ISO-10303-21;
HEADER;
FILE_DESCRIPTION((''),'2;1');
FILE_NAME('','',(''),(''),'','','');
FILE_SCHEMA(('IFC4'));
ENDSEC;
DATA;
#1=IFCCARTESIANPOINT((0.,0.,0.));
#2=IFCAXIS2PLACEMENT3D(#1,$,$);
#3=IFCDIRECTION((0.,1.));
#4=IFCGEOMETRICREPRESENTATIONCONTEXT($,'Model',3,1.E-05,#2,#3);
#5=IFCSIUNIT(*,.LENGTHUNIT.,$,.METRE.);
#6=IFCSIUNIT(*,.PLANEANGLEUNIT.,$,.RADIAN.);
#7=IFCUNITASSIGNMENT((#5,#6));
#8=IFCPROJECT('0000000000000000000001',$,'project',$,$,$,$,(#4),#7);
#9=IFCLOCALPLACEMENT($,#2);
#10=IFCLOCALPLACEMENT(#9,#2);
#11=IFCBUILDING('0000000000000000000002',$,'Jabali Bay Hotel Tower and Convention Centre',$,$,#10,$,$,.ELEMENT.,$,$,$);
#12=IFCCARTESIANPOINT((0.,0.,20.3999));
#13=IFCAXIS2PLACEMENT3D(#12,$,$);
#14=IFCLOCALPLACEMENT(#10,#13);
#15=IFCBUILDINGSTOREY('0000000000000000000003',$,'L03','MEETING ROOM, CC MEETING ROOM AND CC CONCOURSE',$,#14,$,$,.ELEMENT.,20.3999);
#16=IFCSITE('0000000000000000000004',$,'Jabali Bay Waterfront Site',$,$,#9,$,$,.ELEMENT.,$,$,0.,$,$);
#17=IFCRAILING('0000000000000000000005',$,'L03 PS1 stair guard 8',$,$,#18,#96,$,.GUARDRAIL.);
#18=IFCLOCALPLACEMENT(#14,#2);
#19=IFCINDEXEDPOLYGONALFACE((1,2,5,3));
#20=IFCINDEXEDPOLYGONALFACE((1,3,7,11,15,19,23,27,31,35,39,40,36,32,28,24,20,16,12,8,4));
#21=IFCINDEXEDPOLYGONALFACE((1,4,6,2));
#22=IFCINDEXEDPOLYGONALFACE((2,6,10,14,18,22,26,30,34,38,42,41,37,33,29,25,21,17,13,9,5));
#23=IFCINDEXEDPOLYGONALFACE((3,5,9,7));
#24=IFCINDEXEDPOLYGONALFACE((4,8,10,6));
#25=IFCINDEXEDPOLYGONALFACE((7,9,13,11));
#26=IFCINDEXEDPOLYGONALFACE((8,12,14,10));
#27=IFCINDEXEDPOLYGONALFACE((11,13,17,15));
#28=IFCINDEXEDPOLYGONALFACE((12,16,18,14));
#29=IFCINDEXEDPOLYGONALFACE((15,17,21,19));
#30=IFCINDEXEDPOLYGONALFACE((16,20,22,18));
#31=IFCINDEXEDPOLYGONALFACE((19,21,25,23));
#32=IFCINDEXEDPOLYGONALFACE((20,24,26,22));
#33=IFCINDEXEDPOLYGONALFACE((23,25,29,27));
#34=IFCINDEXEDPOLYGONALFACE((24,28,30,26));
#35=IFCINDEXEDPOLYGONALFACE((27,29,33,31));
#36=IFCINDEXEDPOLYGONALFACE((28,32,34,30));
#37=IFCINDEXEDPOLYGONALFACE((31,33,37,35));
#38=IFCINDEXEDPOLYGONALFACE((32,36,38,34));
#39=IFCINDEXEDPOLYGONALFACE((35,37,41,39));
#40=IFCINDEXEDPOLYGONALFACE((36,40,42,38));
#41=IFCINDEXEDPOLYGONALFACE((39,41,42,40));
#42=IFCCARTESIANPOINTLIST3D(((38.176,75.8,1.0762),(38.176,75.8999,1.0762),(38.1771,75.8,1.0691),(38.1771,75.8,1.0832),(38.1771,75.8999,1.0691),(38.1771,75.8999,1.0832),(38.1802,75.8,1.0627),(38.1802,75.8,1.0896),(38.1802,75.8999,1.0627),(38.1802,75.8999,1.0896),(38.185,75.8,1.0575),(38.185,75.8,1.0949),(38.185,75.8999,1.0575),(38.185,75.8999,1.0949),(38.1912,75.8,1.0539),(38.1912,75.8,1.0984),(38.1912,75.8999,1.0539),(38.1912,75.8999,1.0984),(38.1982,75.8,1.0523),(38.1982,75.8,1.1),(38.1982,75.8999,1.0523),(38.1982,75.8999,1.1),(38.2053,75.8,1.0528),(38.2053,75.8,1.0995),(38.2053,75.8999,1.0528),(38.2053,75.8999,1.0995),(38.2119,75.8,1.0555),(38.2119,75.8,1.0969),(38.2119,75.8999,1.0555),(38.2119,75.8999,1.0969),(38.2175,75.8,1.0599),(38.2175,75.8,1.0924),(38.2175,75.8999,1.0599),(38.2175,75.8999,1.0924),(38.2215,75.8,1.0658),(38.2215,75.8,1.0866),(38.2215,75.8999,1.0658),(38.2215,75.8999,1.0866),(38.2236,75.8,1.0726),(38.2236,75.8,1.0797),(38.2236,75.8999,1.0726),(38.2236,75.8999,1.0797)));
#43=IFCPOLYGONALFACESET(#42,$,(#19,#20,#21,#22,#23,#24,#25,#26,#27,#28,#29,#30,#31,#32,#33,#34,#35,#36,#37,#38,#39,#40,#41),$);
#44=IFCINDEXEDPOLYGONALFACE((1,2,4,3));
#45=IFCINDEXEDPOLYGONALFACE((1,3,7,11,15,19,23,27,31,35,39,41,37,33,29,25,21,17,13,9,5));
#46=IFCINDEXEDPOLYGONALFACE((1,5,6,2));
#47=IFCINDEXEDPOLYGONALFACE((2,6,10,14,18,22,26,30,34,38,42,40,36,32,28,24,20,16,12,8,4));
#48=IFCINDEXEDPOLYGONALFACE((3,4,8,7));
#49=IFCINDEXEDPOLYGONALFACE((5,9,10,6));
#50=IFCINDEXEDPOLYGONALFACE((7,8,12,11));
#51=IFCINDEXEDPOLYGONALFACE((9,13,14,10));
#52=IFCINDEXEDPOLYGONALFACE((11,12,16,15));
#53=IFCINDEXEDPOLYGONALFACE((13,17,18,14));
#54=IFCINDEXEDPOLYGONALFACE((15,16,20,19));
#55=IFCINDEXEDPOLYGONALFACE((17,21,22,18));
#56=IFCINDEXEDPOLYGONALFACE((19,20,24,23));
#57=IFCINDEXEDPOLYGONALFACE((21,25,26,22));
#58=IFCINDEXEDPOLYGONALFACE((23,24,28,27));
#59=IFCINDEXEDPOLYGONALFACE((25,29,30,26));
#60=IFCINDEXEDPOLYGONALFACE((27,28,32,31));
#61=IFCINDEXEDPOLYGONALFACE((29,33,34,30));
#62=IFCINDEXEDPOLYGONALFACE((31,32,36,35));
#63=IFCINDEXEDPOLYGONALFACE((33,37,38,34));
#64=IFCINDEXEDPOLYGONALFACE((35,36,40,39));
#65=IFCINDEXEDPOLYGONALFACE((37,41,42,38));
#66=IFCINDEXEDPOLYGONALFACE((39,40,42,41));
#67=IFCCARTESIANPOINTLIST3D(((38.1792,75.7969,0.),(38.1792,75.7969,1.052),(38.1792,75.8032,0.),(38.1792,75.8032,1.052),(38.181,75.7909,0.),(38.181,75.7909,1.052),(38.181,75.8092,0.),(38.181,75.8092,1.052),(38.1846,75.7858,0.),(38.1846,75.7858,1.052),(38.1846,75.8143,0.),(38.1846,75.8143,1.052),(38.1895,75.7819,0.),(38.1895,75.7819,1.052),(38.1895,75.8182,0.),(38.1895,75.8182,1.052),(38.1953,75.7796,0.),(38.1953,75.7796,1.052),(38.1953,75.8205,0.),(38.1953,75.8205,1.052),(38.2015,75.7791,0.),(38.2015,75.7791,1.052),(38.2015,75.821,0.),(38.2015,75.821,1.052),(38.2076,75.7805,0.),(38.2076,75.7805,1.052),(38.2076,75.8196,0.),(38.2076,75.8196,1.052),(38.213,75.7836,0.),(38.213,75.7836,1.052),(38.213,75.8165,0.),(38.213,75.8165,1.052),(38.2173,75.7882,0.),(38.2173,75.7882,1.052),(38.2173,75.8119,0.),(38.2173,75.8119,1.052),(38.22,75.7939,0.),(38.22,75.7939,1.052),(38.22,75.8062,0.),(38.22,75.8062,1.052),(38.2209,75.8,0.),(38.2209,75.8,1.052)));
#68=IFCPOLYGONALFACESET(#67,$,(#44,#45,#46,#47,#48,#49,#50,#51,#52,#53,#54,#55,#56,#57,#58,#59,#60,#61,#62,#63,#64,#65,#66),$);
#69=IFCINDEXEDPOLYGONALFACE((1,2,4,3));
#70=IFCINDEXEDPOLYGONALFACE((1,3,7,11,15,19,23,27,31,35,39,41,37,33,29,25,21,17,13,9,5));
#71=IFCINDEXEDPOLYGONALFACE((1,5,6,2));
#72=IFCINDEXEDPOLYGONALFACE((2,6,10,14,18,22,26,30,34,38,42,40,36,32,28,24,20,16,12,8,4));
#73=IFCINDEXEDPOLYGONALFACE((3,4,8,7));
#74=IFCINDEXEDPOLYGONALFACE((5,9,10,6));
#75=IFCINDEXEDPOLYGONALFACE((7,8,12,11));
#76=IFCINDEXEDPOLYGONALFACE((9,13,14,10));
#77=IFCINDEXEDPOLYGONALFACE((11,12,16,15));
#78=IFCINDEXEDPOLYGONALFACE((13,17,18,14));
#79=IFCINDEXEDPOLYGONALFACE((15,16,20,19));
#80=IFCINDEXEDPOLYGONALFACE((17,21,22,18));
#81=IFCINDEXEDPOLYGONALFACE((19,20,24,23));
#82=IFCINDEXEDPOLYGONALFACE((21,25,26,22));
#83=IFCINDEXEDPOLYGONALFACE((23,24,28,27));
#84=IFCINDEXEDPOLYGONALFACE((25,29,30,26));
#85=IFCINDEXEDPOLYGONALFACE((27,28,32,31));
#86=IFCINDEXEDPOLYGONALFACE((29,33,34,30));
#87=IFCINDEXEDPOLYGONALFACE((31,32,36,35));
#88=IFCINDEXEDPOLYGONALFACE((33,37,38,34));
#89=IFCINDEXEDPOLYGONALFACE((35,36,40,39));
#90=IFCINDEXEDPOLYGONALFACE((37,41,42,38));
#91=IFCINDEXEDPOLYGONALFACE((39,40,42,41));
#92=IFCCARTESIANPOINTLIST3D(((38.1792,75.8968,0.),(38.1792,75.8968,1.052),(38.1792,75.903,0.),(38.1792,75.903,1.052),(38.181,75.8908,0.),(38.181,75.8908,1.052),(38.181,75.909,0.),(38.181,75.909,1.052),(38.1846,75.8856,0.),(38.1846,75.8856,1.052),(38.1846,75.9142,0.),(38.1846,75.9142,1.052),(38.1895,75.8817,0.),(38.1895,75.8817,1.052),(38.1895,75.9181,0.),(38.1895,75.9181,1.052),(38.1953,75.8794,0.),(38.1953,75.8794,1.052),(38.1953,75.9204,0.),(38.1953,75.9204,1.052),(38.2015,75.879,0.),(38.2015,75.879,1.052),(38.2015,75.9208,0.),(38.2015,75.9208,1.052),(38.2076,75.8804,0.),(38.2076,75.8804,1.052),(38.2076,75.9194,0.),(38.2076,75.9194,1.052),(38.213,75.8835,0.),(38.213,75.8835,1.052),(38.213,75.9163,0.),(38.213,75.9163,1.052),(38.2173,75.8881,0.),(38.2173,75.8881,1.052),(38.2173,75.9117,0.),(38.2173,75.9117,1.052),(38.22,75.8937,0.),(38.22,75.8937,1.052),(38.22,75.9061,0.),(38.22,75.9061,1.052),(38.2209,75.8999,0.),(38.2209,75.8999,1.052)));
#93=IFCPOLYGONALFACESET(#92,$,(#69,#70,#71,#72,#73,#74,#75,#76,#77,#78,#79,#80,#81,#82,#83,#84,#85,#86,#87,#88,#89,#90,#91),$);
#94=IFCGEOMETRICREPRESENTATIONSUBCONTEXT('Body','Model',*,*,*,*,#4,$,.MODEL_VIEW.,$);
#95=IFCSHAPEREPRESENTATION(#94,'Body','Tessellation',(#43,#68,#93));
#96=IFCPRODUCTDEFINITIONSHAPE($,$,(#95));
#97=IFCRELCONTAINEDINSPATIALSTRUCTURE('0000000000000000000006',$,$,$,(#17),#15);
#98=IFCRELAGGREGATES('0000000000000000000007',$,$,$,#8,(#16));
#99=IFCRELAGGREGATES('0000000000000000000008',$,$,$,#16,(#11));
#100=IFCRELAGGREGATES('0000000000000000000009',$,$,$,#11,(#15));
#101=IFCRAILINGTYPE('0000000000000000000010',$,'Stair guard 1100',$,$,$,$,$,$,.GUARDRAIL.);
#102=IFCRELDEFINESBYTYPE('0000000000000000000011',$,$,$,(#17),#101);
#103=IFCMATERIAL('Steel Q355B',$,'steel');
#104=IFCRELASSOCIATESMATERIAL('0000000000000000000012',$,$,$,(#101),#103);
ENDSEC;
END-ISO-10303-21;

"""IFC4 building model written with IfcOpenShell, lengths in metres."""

from ifc_helpers import new_model, si_unit, direction, frame, origin, origin_2d, place, context, subcontext, project, spatial, circle, extrude, material, type_object, element, save


model = new_model("IFC4")

# Units and contexts
model_context = context("Model", 3, precision=1e-05, world=origin(), true_north=direction((0.0, 1.0)))
body_context = subcontext(model_context, "Body", "Model", "MODEL_VIEW")
ifc_project = project(units=[si_unit("LENGTHUNIT", "METRE"), si_unit("PLANEANGLEUNIT", "RADIAN")], contexts=[model_context])

# Site, building, storey
site_placement = place(None, origin())
site = spatial("IfcSite", under=ifc_project, at=site_placement, Name="Jabali Bay Waterfront Site", CompositionType="ELEMENT", RefElevation=0.0)
building_placement = place(site_placement, origin())
building = spatial("IfcBuilding", under=site, at=building_placement, Name="Jabali Bay Hotel Tower and Convention Centre", CompositionType="ELEMENT")
storey_placement = place(building_placement, frame((0.0, 0.0, 20.3999)))
storey = spatial("IfcBuildingStorey", under=building, at=storey_placement, Name="L03", Description="MEETING ROOM, CC MEETING ROOM AND CC CONCOURSE", CompositionType="ELEMENT", Elevation=20.3999)

# Railing
ifc_material_1 = material(Name="Steel Q355B", Category="steel")
railing_type_1 = type_object("IfcRailingType", Name="Stair guard 1100", PredefinedType="GUARDRAIL", material=ifc_material_1)
for number, where, name in (
    (1, (38.2, 75.8, 0.0), "L03 PS1 stair guard 8"),
):
    element("IfcRailing", number, at=place(storey_placement, frame(where)), inside=storey, type_object=railing_type_1, Name=name, PredefinedType="GUARDRAIL", context=body_context, shape_type="SweptSolid", body=[
        extrude(circle(Radius=0.0239, at=origin_2d()), frame((0.0, 0.0, 1.0762), z_axis=(0.0, 1.0, 0.0), x_axis=(-1.0, 0.0, 0.0)), (0.0, 0.0, 1.0), 0.0999),
        extrude(circle(Radius=0.021, at=origin_2d()), origin(), (0.0, 0.0, 1.0), 1.052),
        extrude(circle(Radius=0.021, at=origin_2d()), frame((0.0, 0.0999, 0.0)), (0.0, 0.0, 1.0), 1.052),
    ])

save(model, "model.ifc")
